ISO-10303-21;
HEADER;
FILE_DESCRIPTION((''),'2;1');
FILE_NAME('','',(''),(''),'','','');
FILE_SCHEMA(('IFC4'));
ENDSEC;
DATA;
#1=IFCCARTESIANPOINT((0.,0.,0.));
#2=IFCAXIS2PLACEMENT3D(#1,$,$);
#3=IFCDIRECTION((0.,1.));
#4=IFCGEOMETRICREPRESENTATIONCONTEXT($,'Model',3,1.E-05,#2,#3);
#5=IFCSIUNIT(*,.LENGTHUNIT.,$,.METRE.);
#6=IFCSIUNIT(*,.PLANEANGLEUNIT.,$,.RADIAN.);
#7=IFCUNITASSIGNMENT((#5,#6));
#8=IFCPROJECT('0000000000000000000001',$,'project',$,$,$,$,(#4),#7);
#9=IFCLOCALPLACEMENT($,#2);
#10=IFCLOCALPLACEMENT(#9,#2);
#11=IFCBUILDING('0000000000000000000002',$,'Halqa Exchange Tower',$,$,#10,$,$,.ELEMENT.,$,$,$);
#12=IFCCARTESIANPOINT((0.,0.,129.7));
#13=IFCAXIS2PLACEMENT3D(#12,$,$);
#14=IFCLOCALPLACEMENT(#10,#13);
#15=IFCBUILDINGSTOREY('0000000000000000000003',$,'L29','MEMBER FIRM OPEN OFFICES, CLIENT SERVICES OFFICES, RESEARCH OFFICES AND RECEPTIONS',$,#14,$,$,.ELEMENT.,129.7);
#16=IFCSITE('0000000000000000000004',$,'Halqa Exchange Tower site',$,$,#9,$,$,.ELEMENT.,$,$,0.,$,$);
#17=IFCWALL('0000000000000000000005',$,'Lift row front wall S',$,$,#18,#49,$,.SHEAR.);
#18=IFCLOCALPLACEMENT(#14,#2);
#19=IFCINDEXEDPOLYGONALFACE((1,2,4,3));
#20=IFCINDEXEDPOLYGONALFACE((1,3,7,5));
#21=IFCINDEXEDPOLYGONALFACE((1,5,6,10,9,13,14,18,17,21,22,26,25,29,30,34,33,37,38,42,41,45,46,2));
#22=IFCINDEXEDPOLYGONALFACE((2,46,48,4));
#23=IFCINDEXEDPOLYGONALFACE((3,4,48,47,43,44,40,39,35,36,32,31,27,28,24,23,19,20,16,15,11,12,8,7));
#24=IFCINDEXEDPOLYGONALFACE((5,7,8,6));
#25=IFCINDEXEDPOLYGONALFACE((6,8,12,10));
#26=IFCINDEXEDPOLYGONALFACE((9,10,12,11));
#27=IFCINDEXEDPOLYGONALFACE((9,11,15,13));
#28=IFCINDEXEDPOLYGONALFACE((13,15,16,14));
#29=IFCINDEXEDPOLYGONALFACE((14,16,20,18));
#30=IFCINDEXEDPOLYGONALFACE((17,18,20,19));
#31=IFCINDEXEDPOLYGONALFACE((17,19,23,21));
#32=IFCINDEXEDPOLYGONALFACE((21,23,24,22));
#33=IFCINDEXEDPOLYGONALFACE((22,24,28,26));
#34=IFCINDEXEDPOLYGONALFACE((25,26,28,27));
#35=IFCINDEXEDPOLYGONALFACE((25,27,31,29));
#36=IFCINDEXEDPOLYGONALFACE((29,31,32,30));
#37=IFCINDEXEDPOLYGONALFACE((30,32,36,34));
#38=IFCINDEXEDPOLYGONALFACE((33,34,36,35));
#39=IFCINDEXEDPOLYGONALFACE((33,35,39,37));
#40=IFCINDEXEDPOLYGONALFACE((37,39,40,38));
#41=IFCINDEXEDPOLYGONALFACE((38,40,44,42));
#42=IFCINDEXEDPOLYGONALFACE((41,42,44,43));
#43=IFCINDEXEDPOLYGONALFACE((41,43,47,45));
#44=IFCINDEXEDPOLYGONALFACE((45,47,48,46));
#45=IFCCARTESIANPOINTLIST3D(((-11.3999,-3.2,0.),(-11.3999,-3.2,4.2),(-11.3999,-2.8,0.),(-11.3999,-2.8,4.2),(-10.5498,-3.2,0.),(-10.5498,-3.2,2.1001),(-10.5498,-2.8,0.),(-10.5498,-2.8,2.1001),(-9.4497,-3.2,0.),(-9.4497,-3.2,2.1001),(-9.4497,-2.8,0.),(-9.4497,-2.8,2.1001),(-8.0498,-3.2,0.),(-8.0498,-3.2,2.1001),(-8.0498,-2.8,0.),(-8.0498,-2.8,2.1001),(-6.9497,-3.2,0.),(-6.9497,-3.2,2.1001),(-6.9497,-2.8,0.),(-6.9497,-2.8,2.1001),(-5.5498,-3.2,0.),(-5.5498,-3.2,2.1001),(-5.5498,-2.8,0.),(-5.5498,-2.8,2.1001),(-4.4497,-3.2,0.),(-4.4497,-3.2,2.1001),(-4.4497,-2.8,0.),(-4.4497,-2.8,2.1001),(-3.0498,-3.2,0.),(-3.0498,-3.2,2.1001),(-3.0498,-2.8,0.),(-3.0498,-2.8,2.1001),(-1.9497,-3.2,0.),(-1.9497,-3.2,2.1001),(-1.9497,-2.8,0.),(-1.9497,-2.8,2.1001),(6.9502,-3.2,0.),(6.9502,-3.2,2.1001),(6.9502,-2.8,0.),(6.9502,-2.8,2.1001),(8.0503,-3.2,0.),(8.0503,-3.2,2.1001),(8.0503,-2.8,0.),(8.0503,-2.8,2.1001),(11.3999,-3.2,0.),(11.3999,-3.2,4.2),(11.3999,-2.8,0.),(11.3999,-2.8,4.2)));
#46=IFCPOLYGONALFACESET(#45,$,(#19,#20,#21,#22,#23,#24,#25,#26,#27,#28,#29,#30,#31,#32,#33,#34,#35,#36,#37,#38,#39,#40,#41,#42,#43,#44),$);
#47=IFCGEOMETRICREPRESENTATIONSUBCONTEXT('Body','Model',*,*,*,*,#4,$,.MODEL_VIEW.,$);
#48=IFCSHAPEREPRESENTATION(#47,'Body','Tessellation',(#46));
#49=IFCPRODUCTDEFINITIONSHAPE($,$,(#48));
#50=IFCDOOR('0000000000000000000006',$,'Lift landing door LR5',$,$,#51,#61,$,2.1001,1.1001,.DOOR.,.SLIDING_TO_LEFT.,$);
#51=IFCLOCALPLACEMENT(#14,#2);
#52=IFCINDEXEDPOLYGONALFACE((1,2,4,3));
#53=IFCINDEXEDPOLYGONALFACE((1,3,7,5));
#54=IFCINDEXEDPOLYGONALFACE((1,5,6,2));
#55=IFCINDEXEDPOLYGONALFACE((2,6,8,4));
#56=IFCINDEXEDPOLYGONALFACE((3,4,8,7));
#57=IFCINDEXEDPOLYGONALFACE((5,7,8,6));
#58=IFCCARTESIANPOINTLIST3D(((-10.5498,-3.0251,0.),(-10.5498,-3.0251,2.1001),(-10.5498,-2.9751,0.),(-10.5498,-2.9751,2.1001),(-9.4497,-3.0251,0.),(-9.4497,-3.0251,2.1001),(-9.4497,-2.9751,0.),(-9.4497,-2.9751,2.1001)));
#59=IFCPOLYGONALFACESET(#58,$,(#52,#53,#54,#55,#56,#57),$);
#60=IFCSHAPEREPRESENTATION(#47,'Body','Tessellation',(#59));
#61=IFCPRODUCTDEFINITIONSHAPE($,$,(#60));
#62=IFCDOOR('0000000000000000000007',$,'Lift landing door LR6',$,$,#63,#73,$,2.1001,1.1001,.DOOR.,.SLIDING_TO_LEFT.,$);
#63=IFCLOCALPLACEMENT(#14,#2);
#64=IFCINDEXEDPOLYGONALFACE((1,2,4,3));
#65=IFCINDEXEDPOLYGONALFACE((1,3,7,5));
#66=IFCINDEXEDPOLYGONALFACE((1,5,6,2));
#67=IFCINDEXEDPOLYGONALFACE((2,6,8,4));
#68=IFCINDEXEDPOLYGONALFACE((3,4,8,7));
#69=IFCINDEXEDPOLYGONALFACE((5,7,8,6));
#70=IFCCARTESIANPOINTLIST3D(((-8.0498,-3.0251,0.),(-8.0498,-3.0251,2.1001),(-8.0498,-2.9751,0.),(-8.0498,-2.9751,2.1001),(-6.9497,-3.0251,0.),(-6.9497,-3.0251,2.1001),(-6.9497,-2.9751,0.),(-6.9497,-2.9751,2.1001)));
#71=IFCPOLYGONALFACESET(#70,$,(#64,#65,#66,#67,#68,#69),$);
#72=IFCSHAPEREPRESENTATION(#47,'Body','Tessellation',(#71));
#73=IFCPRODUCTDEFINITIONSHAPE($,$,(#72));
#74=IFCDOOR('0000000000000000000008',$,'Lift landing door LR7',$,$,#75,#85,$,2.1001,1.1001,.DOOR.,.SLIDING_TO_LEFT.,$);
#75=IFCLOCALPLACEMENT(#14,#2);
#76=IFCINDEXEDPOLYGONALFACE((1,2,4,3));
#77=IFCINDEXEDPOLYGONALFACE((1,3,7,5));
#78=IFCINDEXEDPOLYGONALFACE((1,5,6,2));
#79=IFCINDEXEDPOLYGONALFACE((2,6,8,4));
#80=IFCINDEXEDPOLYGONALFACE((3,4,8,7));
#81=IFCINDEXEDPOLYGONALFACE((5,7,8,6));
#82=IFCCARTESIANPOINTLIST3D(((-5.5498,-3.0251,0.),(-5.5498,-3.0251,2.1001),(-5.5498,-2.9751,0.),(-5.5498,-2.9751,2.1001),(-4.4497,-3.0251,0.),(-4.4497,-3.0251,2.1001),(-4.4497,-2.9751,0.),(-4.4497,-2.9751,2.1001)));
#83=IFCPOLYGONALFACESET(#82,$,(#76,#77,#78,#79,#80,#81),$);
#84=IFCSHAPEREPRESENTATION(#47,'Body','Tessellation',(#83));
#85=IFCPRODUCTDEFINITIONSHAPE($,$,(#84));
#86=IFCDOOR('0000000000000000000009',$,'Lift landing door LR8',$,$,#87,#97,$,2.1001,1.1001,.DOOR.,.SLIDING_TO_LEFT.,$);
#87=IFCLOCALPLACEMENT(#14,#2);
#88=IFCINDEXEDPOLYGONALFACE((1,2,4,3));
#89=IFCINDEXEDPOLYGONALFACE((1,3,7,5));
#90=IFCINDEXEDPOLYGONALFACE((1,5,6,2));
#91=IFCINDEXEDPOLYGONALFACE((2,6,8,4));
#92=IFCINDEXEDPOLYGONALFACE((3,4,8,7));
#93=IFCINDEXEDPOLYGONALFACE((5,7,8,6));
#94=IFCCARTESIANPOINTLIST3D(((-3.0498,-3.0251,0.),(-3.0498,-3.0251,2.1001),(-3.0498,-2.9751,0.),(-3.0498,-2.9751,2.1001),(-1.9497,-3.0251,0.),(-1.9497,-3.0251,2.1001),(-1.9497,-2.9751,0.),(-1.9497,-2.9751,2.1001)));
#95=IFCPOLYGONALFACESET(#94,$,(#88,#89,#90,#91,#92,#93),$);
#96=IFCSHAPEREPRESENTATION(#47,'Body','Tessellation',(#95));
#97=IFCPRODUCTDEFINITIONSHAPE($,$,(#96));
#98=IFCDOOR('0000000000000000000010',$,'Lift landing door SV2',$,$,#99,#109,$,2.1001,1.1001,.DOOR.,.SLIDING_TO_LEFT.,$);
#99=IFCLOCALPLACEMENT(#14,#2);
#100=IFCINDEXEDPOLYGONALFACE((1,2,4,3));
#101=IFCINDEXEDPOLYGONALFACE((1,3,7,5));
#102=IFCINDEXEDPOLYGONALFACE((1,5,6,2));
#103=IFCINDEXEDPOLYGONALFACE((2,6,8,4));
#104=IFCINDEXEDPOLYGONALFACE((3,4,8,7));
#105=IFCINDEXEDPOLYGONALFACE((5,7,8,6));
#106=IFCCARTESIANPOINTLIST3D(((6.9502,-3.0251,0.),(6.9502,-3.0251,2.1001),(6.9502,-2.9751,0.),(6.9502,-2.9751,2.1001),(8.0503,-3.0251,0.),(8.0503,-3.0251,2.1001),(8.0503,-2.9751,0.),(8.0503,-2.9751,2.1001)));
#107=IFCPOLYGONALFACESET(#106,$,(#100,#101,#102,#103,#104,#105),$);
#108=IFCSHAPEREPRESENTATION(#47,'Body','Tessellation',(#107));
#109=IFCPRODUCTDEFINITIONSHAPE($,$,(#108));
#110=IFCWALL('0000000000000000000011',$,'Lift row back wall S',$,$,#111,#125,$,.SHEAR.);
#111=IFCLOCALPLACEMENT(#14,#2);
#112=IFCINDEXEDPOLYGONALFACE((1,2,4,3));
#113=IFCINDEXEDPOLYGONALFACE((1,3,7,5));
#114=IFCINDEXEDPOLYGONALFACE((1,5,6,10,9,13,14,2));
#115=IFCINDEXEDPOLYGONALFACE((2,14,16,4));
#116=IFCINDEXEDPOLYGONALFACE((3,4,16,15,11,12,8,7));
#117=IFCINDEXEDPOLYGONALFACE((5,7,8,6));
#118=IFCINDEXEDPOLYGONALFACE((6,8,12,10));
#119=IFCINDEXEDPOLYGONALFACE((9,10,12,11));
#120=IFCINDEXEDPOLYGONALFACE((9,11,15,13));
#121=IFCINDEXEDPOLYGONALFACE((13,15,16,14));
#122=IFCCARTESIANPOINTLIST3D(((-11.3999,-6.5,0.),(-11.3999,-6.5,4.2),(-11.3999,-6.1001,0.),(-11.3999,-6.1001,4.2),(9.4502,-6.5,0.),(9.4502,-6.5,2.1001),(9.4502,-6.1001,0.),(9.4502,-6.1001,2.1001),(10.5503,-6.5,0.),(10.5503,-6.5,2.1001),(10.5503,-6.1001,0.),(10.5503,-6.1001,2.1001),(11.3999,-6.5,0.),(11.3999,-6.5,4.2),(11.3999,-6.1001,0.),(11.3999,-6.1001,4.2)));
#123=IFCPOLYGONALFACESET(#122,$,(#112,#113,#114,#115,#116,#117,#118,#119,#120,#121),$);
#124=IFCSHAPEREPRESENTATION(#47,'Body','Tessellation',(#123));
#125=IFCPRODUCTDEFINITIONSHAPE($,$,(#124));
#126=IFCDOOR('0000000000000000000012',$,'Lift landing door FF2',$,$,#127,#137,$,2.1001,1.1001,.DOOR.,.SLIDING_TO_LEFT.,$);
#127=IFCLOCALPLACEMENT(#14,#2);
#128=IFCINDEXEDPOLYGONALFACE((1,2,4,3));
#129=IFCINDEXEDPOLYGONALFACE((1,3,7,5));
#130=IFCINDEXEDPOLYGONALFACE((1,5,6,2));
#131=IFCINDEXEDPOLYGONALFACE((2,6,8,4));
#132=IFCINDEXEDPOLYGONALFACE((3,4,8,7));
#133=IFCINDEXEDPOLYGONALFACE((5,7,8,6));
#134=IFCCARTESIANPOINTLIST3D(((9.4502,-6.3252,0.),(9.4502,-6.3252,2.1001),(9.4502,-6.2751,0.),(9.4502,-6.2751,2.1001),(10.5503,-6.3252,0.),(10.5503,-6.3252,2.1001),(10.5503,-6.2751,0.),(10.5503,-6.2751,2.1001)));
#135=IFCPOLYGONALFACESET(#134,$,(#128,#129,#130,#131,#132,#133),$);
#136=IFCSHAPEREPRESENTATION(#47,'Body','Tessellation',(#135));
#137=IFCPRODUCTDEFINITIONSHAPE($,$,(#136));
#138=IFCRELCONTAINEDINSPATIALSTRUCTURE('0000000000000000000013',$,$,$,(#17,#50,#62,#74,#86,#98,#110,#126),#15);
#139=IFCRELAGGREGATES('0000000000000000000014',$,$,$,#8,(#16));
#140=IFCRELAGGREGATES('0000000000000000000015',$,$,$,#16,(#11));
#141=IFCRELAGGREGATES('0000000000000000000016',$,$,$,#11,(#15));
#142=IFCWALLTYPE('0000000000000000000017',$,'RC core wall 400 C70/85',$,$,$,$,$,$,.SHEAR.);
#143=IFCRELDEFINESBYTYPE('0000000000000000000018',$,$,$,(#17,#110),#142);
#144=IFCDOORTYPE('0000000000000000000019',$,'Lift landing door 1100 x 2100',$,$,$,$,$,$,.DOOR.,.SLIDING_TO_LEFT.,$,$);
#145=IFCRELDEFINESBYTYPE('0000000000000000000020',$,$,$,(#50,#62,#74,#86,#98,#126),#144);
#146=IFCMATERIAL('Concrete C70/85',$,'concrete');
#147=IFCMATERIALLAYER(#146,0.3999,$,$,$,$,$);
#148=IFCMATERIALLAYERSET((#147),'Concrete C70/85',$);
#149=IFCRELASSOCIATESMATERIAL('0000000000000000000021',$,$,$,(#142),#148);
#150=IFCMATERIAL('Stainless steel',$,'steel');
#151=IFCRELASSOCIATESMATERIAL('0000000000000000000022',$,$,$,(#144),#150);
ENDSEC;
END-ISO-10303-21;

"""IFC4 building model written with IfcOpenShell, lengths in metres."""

from ifc_helpers import new_model, si_unit, direction, frame, frame_2d, origin, place, context, subcontext, project, spatial, rectangle, extrude, material, layer, layer_set, type_object, element, fill, save


model = new_model("IFC4")

# Units and contexts
model_context = context("Model", 3, precision=1e-05, world=origin(), true_north=direction((0.0, 1.0)))
body_context = subcontext(model_context, "Body", "Model", "MODEL_VIEW")
ifc_project = project(units=[si_unit("LENGTHUNIT", "METRE"), si_unit("PLANEANGLEUNIT", "RADIAN")], contexts=[model_context])

# Site, building, storey
site_placement = place(None, origin())
site = spatial("IfcSite", under=ifc_project, at=site_placement, Name="Halqa Exchange Tower site", CompositionType="ELEMENT", RefElevation=0.0)
building_placement = place(site_placement, origin())
building = spatial("IfcBuilding", under=site, at=building_placement, Name="Halqa Exchange Tower", CompositionType="ELEMENT")
storey_placement = place(building_placement, frame((0.0, 0.0, 129.7)))
storey = spatial("IfcBuildingStorey", under=building, at=storey_placement, Name="L29", Description="MEMBER FIRM OPEN OFFICES, CLIENT SERVICES OFFICES, RESEARCH OFFICES AND RECEPTIONS", CompositionType="ELEMENT", Elevation=129.7)

# Wall, openings, doors
ifc_material_1 = material(Name="Concrete C70/85", Category="concrete")
ifc_layer_1 = layer(ifc_material_1, 0.3999)
ifc_layer_set_1 = layer_set([ifc_layer_1], Name="Concrete C70/85")
wall_type_1 = type_object("IfcWallType", Name="RC core wall 400 C70/85", PredefinedType="SHEAR", material=ifc_layer_set_1)
wall_1_placement = place(storey_placement, frame((-11.3999, -3.0, 0.0), z_axis=(0.0, 0.0, 1.0), x_axis=(1.0, 0.0, 0.0)))
wall_1 = element("IfcWall", 1, at=wall_1_placement, inside=storey, type_object=wall_type_1, Name="Lift row front wall S", PredefinedType="SHEAR", context=body_context, shape_type="SweptSolid", body=[
    extrude(rectangle(XDim=22.7998, YDim=0.3999, at=frame_2d((11.3999, 0.0))), origin(), (0.0, 0.0, 1.0), 4.2),
])
opening_1_placement = place(wall_1_placement, frame((0.8501, 0.0, 0.0)))
opening_1 = element("IfcOpeningElement", 2, at=opening_1_placement, cuts=wall_1, PredefinedType="OPENING", context=body_context, shape_type="SweptSolid", body=[
    extrude(rectangle(XDim=1.1001, YDim=2.1001, at=frame_2d((0.55, 1.05))), frame((0.0, 0.2119, 0.0), z_axis=(0.0, -1.0, 0.0), x_axis=(1.0, 0.0, 0.0)), (0.0, 0.0, 1.0), 0.4238),
])
opening_2_placement = place(wall_1_placement, frame((3.3501, 0.0, 0.0)))
opening_2 = element("IfcOpeningElement", 3, at=opening_2_placement, cuts=wall_1, PredefinedType="OPENING", context=body_context, shape_type="SweptSolid", body=[
    extrude(rectangle(XDim=1.1001, YDim=2.1001, at=frame_2d((0.55, 1.05))), frame((0.0, 0.2119, 0.0), z_axis=(0.0, -1.0, 0.0), x_axis=(1.0, 0.0, 0.0)), (0.0, 0.0, 1.0), 0.4238),
])
opening_3_placement = place(wall_1_placement, frame((5.8501, 0.0, 0.0)))
opening_3 = element("IfcOpeningElement", 4, at=opening_3_placement, cuts=wall_1, PredefinedType="OPENING", context=body_context, shape_type="SweptSolid", body=[
    extrude(rectangle(XDim=1.1001, YDim=2.1001, at=frame_2d((0.55, 1.05))), frame((0.0, 0.2119, 0.0), z_axis=(0.0, -1.0, 0.0), x_axis=(1.0, 0.0, 0.0)), (0.0, 0.0, 1.0), 0.4238),
])
opening_4_placement = place(wall_1_placement, frame((8.3501, 0.0, 0.0)))
opening_4 = element("IfcOpeningElement", 5, at=opening_4_placement, cuts=wall_1, PredefinedType="OPENING", context=body_context, shape_type="SweptSolid", body=[
    extrude(rectangle(XDim=1.1001, YDim=2.1001, at=frame_2d((0.55, 1.05))), frame((0.0, 0.2119, 0.0), z_axis=(0.0, -1.0, 0.0), x_axis=(1.0, 0.0, 0.0)), (0.0, 0.0, 1.0), 0.4238),
])
opening_5_placement = place(wall_1_placement, frame((18.3501, 0.0, 0.0)))
opening_5 = element("IfcOpeningElement", 6, at=opening_5_placement, cuts=wall_1, PredefinedType="OPENING", context=body_context, shape_type="SweptSolid", body=[
    extrude(rectangle(XDim=1.1001, YDim=2.1001, at=frame_2d((0.55, 1.05))), frame((0.0, 0.2119, 0.0), z_axis=(0.0, -1.0, 0.0), x_axis=(1.0, 0.0, 0.0)), (0.0, 0.0, 1.0), 0.4238),
])
ifc_material_2 = material(Name="Stainless steel", Category="steel")
door_type = type_object("IfcDoorType", Name="Lift landing door 1100 x 2100", OperationType="SLIDING_TO_LEFT", PredefinedType="DOOR", material=ifc_material_2)
door_1_placement = place(opening_1_placement, origin())
door_1 = element("IfcDoor", 7, at=door_1_placement, inside=storey, type_object=door_type, Name="Lift landing door LR5", OperationType="SLIDING_TO_LEFT", OverallHeight=2.1001, OverallWidth=1.1001, PredefinedType="DOOR", context=body_context, shape_type="SweptSolid", body=[
    extrude(rectangle(XDim=1.1001, YDim=2.1001, at=frame_2d((0.55, 1.05))), frame((0.0, 0.0249, 0.0), z_axis=(0.0, -1.0, 0.0), x_axis=(1.0, 0.0, 0.0)), (0.0, 0.0, 1.0), 0.05),
])
fill(opening_1, door_1)
door_2_placement = place(opening_2_placement, origin())
door_2 = element("IfcDoor", 8, at=door_2_placement, inside=storey, type_object=door_type, Name="Lift landing door LR6", OperationType="SLIDING_TO_LEFT", OverallHeight=2.1001, OverallWidth=1.1001, PredefinedType="DOOR", context=body_context, shape_type="SweptSolid", body=[
    extrude(rectangle(XDim=1.1001, YDim=2.1001, at=frame_2d((0.55, 1.05))), frame((0.0, 0.0249, 0.0), z_axis=(0.0, -1.0, 0.0), x_axis=(1.0, 0.0, 0.0)), (0.0, 0.0, 1.0), 0.05),
])
fill(opening_2, door_2)
door_3_placement = place(opening_3_placement, origin())
door_3 = element("IfcDoor", 9, at=door_3_placement, inside=storey, type_object=door_type, Name="Lift landing door LR7", OperationType="SLIDING_TO_LEFT", OverallHeight=2.1001, OverallWidth=1.1001, PredefinedType="DOOR", context=body_context, shape_type="SweptSolid", body=[
    extrude(rectangle(XDim=1.1001, YDim=2.1001, at=frame_2d((0.55, 1.05))), frame((0.0, 0.0249, 0.0), z_axis=(0.0, -1.0, 0.0), x_axis=(1.0, 0.0, 0.0)), (0.0, 0.0, 1.0), 0.05),
])
fill(opening_3, door_3)
door_4_placement = place(opening_4_placement, origin())
door_4 = element("IfcDoor", 10, at=door_4_placement, inside=storey, type_object=door_type, Name="Lift landing door LR8", OperationType="SLIDING_TO_LEFT", OverallHeight=2.1001, OverallWidth=1.1001, PredefinedType="DOOR", context=body_context, shape_type="SweptSolid", body=[
    extrude(rectangle(XDim=1.1001, YDim=2.1001, at=frame_2d((0.55, 1.05))), frame((0.0, 0.0249, 0.0), z_axis=(0.0, -1.0, 0.0), x_axis=(1.0, 0.0, 0.0)), (0.0, 0.0, 1.0), 0.05),
])
fill(opening_4, door_4)
door_5_placement = place(opening_5_placement, origin())
door_5 = element("IfcDoor", 11, at=door_5_placement, inside=storey, type_object=door_type, Name="Lift landing door SV2", OperationType="SLIDING_TO_LEFT", OverallHeight=2.1001, OverallWidth=1.1001, PredefinedType="DOOR", context=body_context, shape_type="SweptSolid", body=[
    extrude(rectangle(XDim=1.1001, YDim=2.1001, at=frame_2d((0.55, 1.05))), frame((0.0, 0.0249, 0.0), z_axis=(0.0, -1.0, 0.0), x_axis=(1.0, 0.0, 0.0)), (0.0, 0.0, 1.0), 0.05),
])
fill(opening_5, door_5)

# Wall, opening, door
wall_2_placement = place(storey_placement, frame((-11.3999, -6.3, 0.0), z_axis=(0.0, 0.0, 1.0), x_axis=(1.0, 0.0, 0.0)))
wall_2 = element("IfcWall", 12, at=wall_2_placement, inside=storey, type_object=wall_type_1, Name="Lift row back wall S", PredefinedType="SHEAR", context=body_context, shape_type="SweptSolid", body=[
    extrude(rectangle(XDim=22.7998, YDim=0.3999, at=frame_2d((11.3999, 0.0))), origin(), (0.0, 0.0, 1.0), 4.2),
])
opening_6_placement = place(wall_2_placement, frame((20.8501, 0.0, 0.0)))
opening_6 = element("IfcOpeningElement", 13, at=opening_6_placement, cuts=wall_2, PredefinedType="OPENING", context=body_context, shape_type="SweptSolid", body=[
    extrude(rectangle(XDim=1.1001, YDim=2.1001, at=frame_2d((0.55, 1.05))), frame((0.0, 0.2119, 0.0), z_axis=(0.0, -1.0, 0.0), x_axis=(1.0, 0.0, 0.0)), (0.0, 0.0, 1.0), 0.4238),
])
door_6_placement = place(opening_6_placement, origin())
door_6 = element("IfcDoor", 14, at=door_6_placement, inside=storey, type_object=door_type, Name="Lift landing door FF2", OperationType="SLIDING_TO_LEFT", OverallHeight=2.1001, OverallWidth=1.1001, PredefinedType="DOOR", context=body_context, shape_type="SweptSolid", body=[
    extrude(rectangle(XDim=1.1001, YDim=2.1001, at=frame_2d((0.55, 1.05))), frame((0.0, 0.0249, 0.0), z_axis=(0.0, -1.0, 0.0), x_axis=(1.0, 0.0, 0.0)), (0.0, 0.0, 1.0), 0.05),
])
fill(opening_6, door_6)

save(model, "model.ifc")
